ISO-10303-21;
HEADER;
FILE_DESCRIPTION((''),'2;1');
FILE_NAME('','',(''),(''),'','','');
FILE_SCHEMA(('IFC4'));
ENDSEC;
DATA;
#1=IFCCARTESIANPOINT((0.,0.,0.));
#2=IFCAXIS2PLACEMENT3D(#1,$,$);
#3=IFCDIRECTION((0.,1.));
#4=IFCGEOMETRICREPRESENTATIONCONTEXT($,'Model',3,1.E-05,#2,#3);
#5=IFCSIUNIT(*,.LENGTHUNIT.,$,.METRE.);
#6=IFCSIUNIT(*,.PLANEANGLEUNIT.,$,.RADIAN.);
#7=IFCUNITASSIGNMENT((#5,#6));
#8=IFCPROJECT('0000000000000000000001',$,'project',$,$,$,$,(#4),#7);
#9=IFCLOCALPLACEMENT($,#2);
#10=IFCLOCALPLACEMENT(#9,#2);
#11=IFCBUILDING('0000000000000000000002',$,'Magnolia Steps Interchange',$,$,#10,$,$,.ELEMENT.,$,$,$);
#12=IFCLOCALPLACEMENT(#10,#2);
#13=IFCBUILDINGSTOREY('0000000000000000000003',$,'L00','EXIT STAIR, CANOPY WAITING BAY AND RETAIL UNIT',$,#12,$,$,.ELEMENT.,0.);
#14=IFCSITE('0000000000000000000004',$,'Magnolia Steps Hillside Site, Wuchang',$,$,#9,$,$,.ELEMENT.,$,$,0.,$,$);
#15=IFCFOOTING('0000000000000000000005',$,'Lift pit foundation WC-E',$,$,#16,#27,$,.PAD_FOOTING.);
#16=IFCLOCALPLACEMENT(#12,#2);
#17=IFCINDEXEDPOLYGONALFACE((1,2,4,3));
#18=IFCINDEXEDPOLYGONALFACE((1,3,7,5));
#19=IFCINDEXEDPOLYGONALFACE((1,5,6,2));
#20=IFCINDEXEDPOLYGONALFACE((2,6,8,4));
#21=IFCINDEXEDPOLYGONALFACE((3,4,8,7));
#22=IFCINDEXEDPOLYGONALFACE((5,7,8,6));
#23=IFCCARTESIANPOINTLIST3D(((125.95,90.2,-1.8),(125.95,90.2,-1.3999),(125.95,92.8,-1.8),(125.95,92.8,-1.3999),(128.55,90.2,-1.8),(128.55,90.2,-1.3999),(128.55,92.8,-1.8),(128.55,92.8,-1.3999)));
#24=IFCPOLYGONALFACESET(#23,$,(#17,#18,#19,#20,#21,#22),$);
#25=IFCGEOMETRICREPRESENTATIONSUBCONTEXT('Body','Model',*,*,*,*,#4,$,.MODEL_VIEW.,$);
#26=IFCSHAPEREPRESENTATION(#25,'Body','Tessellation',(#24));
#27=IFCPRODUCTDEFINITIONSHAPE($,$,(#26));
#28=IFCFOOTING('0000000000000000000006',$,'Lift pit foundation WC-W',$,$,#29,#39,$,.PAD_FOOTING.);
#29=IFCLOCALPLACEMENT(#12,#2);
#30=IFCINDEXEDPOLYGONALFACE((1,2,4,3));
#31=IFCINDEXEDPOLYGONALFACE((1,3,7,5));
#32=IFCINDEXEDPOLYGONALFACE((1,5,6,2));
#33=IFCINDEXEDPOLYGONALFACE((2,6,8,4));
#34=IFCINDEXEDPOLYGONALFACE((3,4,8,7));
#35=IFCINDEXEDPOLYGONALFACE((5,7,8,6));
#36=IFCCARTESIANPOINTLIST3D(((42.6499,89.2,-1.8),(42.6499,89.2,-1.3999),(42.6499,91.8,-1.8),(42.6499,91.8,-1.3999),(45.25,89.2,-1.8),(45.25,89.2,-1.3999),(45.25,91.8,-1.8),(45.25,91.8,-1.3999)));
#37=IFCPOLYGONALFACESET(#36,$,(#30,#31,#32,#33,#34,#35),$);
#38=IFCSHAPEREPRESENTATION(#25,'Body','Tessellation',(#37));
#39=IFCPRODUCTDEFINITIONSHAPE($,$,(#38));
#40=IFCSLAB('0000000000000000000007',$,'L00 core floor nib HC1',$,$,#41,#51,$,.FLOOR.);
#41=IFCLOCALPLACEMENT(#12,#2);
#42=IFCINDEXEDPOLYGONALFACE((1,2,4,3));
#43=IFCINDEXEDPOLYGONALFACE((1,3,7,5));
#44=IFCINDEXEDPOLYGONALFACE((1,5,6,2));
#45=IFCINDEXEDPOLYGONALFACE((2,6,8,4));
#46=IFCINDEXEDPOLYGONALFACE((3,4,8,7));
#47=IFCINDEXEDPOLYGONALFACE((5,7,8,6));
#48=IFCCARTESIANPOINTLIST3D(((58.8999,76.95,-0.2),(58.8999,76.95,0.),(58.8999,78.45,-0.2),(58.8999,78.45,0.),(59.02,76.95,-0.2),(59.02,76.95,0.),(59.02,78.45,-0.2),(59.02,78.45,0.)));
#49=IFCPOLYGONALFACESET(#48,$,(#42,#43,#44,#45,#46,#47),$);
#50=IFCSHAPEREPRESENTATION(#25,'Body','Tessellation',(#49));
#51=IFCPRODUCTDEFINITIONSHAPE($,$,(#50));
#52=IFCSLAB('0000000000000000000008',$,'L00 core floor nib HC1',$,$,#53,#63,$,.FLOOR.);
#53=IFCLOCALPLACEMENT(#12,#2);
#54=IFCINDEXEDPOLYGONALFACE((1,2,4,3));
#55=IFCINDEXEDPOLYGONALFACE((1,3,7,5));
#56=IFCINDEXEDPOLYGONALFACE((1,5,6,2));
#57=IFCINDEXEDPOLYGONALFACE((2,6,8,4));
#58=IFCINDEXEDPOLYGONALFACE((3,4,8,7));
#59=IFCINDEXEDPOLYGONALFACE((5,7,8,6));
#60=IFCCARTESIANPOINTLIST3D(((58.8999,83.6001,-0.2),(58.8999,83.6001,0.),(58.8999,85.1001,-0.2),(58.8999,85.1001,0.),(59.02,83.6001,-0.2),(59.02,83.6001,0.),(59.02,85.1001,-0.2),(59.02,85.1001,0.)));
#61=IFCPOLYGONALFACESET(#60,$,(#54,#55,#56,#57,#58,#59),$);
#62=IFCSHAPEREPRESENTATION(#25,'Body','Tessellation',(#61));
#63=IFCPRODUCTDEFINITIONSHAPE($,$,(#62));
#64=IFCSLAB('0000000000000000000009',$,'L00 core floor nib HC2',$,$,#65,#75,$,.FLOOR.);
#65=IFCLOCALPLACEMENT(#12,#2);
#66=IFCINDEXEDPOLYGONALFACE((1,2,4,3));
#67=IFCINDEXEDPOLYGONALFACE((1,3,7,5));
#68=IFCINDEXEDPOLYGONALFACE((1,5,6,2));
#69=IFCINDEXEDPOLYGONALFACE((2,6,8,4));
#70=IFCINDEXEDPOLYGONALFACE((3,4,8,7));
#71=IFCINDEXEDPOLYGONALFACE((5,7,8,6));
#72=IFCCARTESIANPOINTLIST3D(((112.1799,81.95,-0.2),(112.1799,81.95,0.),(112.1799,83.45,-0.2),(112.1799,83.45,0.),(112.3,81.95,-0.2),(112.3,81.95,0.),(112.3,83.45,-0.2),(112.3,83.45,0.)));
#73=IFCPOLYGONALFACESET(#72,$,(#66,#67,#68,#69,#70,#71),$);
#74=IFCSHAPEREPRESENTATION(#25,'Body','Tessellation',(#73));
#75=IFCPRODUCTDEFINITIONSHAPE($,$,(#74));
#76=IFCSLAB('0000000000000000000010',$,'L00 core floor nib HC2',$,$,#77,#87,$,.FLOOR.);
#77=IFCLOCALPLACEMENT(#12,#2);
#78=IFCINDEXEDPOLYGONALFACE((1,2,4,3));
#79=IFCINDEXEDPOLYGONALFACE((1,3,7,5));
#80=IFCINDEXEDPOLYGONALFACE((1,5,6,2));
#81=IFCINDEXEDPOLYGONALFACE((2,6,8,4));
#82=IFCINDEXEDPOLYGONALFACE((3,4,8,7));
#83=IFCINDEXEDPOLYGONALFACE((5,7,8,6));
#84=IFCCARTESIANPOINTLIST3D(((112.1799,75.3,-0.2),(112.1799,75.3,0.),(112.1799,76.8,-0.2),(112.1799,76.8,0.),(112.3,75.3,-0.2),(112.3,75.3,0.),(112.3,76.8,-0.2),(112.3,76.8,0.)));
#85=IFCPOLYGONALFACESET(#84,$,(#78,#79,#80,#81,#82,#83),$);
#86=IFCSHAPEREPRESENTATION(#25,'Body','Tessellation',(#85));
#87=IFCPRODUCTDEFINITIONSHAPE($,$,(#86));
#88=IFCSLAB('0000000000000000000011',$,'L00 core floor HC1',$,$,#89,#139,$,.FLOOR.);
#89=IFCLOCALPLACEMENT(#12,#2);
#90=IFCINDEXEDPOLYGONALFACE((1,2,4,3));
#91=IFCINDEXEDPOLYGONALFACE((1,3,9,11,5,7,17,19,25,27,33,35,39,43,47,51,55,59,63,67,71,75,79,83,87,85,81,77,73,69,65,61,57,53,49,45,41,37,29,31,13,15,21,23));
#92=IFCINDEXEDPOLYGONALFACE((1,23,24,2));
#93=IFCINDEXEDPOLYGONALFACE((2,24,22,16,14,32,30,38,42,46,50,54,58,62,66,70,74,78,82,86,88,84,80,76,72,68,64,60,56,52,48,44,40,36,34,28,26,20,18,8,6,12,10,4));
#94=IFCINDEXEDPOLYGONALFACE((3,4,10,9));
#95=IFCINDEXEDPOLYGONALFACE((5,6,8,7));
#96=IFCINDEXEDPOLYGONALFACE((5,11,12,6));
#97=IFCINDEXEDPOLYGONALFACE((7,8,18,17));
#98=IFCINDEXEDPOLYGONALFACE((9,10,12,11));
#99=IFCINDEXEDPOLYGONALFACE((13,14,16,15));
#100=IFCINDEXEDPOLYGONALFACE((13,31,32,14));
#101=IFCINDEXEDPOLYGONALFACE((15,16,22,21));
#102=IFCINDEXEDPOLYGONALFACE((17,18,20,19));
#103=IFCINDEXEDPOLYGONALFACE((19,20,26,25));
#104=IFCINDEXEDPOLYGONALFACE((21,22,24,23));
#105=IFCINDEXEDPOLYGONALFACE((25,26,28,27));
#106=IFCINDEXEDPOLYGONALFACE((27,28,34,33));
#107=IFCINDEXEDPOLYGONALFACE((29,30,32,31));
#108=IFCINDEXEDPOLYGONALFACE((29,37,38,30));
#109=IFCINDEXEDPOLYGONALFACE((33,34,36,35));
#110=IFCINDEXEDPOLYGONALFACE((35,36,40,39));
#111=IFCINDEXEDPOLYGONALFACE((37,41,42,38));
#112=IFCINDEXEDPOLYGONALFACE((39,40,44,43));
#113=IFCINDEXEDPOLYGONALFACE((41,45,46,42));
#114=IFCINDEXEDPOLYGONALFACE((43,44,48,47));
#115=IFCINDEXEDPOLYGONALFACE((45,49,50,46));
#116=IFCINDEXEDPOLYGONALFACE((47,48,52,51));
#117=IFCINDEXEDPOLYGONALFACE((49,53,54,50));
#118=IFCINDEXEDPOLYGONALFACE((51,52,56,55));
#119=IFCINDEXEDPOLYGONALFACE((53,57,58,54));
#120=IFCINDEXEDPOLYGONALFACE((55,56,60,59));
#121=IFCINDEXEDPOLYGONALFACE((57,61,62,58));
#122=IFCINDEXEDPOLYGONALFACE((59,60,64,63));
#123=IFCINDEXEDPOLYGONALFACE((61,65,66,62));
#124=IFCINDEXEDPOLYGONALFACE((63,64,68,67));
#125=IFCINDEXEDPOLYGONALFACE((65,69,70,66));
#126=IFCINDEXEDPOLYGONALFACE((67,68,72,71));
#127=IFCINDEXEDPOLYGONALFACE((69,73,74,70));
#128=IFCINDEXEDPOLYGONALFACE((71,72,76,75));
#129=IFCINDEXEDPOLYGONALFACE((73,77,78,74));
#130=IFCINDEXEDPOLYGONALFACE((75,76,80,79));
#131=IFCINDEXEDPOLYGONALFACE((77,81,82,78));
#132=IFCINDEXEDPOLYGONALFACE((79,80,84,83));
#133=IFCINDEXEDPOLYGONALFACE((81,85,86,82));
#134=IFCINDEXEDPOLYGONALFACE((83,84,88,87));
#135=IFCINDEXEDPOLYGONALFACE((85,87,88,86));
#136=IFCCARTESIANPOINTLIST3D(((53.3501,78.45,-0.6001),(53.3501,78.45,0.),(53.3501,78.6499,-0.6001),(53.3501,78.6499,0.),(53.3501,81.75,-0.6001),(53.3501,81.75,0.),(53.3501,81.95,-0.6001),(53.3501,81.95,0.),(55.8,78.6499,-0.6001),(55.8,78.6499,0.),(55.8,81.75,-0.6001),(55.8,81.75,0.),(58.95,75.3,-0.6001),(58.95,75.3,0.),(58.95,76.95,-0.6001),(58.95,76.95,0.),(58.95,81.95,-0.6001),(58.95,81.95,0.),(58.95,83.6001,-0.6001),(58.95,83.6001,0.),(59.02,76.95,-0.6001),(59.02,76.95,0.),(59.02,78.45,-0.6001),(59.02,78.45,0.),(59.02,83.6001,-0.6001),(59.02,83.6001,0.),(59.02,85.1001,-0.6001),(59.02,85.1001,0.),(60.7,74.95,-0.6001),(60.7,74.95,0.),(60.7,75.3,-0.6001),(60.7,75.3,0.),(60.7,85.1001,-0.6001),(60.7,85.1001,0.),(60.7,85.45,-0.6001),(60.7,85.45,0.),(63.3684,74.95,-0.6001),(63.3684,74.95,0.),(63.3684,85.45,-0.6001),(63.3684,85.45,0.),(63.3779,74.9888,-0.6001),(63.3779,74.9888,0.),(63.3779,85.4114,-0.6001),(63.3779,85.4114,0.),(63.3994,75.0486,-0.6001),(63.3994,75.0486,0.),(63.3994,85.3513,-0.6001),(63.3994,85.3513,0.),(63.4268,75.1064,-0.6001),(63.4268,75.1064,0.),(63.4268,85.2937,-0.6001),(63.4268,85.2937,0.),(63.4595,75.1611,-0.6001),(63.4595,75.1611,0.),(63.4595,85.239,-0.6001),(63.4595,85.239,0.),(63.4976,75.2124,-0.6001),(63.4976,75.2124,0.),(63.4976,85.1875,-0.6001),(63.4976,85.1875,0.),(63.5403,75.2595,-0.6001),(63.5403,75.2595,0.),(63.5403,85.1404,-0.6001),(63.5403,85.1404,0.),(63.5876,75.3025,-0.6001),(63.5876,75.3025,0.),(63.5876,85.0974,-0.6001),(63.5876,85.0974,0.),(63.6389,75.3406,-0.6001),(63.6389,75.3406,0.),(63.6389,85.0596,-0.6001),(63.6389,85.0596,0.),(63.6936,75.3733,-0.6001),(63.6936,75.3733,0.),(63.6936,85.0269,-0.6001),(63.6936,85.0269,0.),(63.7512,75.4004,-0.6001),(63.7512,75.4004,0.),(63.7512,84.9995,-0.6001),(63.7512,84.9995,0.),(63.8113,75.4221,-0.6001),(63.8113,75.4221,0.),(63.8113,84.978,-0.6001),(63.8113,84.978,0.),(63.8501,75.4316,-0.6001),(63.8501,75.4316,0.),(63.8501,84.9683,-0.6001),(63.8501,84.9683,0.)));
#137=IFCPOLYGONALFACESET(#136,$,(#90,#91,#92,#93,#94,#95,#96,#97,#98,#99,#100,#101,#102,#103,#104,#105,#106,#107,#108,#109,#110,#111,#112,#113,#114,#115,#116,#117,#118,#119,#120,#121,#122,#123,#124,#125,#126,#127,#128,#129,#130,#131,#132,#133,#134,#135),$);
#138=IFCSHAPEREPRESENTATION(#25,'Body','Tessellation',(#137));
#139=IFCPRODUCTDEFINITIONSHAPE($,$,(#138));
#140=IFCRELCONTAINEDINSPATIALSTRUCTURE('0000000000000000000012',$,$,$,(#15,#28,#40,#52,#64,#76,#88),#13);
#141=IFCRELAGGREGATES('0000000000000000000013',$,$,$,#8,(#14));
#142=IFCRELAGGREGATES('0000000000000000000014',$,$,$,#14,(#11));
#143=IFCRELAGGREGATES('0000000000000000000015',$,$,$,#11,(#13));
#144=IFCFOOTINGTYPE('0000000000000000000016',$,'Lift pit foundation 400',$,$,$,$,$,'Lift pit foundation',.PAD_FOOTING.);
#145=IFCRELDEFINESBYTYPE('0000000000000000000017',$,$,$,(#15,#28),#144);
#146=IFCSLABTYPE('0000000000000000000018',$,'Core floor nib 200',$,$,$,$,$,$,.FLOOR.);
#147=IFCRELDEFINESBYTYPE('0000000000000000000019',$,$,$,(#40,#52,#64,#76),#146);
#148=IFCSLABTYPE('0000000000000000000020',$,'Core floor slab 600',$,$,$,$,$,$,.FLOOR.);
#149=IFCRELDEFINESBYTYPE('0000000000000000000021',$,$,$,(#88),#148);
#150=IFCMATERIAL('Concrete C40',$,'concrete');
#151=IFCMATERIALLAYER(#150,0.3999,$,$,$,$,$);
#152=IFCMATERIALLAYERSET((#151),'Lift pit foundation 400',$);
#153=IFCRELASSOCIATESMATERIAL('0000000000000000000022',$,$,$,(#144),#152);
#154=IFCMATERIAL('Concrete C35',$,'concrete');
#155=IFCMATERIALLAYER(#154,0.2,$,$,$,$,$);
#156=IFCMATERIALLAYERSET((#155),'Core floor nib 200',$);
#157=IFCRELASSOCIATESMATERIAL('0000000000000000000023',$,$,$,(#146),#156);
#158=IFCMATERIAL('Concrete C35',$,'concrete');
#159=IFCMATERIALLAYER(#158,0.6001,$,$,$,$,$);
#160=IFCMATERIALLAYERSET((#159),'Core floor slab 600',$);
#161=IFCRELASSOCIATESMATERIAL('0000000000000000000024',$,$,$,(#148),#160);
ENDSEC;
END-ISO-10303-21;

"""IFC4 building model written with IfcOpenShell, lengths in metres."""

from ifc_helpers import new_model, si_unit, direction, frame, origin, place, context, subcontext, project, spatial, polyline, outline, extrude, material, layer, layer_set, type_object, element, save


model = new_model("IFC4")

# Units and contexts
model_context = context("Model", 3, precision=1e-05, world=origin(), true_north=direction((0.0, 1.0)))
body_context = subcontext(model_context, "Body", "Model", "MODEL_VIEW")
ifc_project = project(units=[si_unit("LENGTHUNIT", "METRE"), si_unit("PLANEANGLEUNIT", "RADIAN")], contexts=[model_context])

# Site, building, storey
site_placement = place(None, origin())
site = spatial("IfcSite", under=ifc_project, at=site_placement, Name="Magnolia Steps Hillside Site, Wuchang", CompositionType="ELEMENT", RefElevation=0.0)
building_placement = place(site_placement, origin())
building = spatial("IfcBuilding", under=site, at=building_placement, Name="Magnolia Steps Interchange", CompositionType="ELEMENT")
storey_placement = place(building_placement, origin())
storey = spatial("IfcBuildingStorey", under=building, at=storey_placement, Name="L00", Description="EXIT STAIR, CANOPY WAITING BAY AND RETAIL UNIT", CompositionType="ELEMENT", Elevation=0.0)

# Footings
ifc_material_1 = material(Name="Concrete C40", Category="concrete")
ifc_layer_1 = layer(ifc_material_1, 0.3999)
ifc_layer_set_1 = layer_set([ifc_layer_1], Name="Lift pit foundation 400")
footing_type = type_object("IfcFootingType", Name="Lift pit foundation 400", ElementType="Lift pit foundation", PredefinedType="PAD_FOOTING", material=ifc_layer_set_1)
footing_1_placement = place(storey_placement, frame((0.0, 0.0, -1.8)))
element("IfcFooting", 1, at=footing_1_placement, inside=storey, type_object=footing_type, Name="Lift pit foundation WC-E", PredefinedType="PAD_FOOTING", context=body_context, shape_type="SweptSolid", body=[
    extrude(outline(polyline([(125.95, 92.8), (125.95, 90.2), (128.55, 90.2), (128.55, 92.8), (125.95, 92.8)])), origin(), (0.0, 0.0, 1.0), 0.4001),
])
footing_2_placement = place(storey_placement, frame((0.0, 0.0, -1.8)))
element("IfcFooting", 2, at=footing_2_placement, inside=storey, type_object=footing_type, Name="Lift pit foundation WC-W", PredefinedType="PAD_FOOTING", context=body_context, shape_type="SweptSolid", body=[
    extrude(outline(polyline([(45.25, 89.2), (45.25, 91.8), (42.6499, 91.8), (42.6499, 89.2), (45.25, 89.2)])), origin(), (0.0, 0.0, 1.0), 0.4001),
])

# Slabs
ifc_material_2 = material(Name="Concrete C35", Category="concrete")
ifc_layer_2 = layer(ifc_material_2, 0.2)
ifc_layer_set_2 = layer_set([ifc_layer_2], Name="Core floor nib 200")
slab_type_1 = type_object("IfcSlabType", Name="Core floor nib 200", PredefinedType="FLOOR", material=ifc_layer_set_2)
slab_1_placement = place(storey_placement, frame((0.0, 0.0, -0.2)))
element("IfcSlab", 3, at=slab_1_placement, inside=storey, type_object=slab_type_1, Name="L00 core floor nib HC1", PredefinedType="FLOOR", context=body_context, shape_type="SweptSolid", body=[
    extrude(outline(polyline([(59.02, 76.95), (58.8999, 76.95), (58.8999, 78.45), (59.02, 78.45), (59.02, 76.95)])), origin(), (0.0, 0.0, 1.0), 0.2),
])
slab_2_placement = place(storey_placement, frame((0.0, 0.0, -0.2)))
element("IfcSlab", 4, at=slab_2_placement, inside=storey, type_object=slab_type_1, Name="L00 core floor nib HC1", PredefinedType="FLOOR", context=body_context, shape_type="SweptSolid", body=[
    extrude(outline(polyline([(59.02, 83.6001), (58.8999, 83.6001), (58.8999, 85.1001), (59.02, 85.1001), (59.02, 83.6001)])), origin(), (0.0, 0.0, 1.0), 0.2),
])
slab_3_placement = place(storey_placement, frame((0.0, 0.0, -0.2)))
element("IfcSlab", 5, at=slab_3_placement, inside=storey, type_object=slab_type_1, Name="L00 core floor nib HC2", PredefinedType="FLOOR", context=body_context, shape_type="SweptSolid", body=[
    extrude(outline(polyline([(112.1799, 83.45), (112.3, 83.45), (112.3, 81.95), (112.1799, 81.95), (112.1799, 83.45)])), origin(), (0.0, 0.0, 1.0), 0.2),
])
slab_4_placement = place(storey_placement, frame((0.0, 0.0, -0.2)))
element("IfcSlab", 6, at=slab_4_placement, inside=storey, type_object=slab_type_1, Name="L00 core floor nib HC2", PredefinedType="FLOOR", context=body_context, shape_type="SweptSolid", body=[
    extrude(outline(polyline([(112.1799, 76.8), (112.3, 76.8), (112.3, 75.3), (112.1799, 75.3), (112.1799, 76.8)])), origin(), (0.0, 0.0, 1.0), 0.2),
])
ifc_material_3 = material(Name="Concrete C35", Category="concrete")
ifc_layer_3 = layer(ifc_material_3, 0.6001)
ifc_layer_set_3 = layer_set([ifc_layer_3], Name="Core floor slab 600")
slab_type_2 = type_object("IfcSlabType", Name="Core floor slab 600", PredefinedType="FLOOR", material=ifc_layer_set_3)
slab_5_placement = place(storey_placement, frame((0.0, 0.0, -0.6001)))
element("IfcSlab", 7, at=slab_5_placement, inside=storey, type_object=slab_type_2, Name="L00 core floor HC1", PredefinedType="FLOOR", context=body_context, shape_type="SweptSolid", body=[
    extrude(outline(polyline([(60.7, 75.3), (58.95, 75.3), (58.95, 76.95), (59.02, 76.95), (59.02, 78.45), (53.3501, 78.45), (53.3501, 78.6499), (55.8, 78.6499), (55.8, 81.75), (53.3501, 81.75), (53.3501, 81.95), (58.95, 81.95), (58.95, 83.6001), (59.02, 83.6001), (59.02, 85.1001), (60.7, 85.1001), (60.7, 85.45), (63.3684, 85.45), (63.3779, 85.4114), (63.3994, 85.3513), (63.4268, 85.2937), (63.4595, 85.239), (63.4976, 85.1875), (63.5403, 85.1404), (63.5876, 85.0974), (63.6389, 85.0596), (63.6936, 85.0269), (63.7512, 84.9995), (63.8113, 84.978), (63.8501, 84.9683), (63.8501, 75.4316), (63.8113, 75.4221), (63.7512, 75.4004), (63.6936, 75.3733), (63.6389, 75.3406), (63.5876, 75.3025), (63.5403, 75.2595), (63.4976, 75.2124), (63.4595, 75.1611), (63.4268, 75.1064), (63.3994, 75.0486), (63.3779, 74.9888), (63.3684, 74.95), (60.7, 74.95), (60.7, 75.3)])), origin(), (0.0, 0.0, 1.0), 0.6001),
])

save(model, "model.ifc")
